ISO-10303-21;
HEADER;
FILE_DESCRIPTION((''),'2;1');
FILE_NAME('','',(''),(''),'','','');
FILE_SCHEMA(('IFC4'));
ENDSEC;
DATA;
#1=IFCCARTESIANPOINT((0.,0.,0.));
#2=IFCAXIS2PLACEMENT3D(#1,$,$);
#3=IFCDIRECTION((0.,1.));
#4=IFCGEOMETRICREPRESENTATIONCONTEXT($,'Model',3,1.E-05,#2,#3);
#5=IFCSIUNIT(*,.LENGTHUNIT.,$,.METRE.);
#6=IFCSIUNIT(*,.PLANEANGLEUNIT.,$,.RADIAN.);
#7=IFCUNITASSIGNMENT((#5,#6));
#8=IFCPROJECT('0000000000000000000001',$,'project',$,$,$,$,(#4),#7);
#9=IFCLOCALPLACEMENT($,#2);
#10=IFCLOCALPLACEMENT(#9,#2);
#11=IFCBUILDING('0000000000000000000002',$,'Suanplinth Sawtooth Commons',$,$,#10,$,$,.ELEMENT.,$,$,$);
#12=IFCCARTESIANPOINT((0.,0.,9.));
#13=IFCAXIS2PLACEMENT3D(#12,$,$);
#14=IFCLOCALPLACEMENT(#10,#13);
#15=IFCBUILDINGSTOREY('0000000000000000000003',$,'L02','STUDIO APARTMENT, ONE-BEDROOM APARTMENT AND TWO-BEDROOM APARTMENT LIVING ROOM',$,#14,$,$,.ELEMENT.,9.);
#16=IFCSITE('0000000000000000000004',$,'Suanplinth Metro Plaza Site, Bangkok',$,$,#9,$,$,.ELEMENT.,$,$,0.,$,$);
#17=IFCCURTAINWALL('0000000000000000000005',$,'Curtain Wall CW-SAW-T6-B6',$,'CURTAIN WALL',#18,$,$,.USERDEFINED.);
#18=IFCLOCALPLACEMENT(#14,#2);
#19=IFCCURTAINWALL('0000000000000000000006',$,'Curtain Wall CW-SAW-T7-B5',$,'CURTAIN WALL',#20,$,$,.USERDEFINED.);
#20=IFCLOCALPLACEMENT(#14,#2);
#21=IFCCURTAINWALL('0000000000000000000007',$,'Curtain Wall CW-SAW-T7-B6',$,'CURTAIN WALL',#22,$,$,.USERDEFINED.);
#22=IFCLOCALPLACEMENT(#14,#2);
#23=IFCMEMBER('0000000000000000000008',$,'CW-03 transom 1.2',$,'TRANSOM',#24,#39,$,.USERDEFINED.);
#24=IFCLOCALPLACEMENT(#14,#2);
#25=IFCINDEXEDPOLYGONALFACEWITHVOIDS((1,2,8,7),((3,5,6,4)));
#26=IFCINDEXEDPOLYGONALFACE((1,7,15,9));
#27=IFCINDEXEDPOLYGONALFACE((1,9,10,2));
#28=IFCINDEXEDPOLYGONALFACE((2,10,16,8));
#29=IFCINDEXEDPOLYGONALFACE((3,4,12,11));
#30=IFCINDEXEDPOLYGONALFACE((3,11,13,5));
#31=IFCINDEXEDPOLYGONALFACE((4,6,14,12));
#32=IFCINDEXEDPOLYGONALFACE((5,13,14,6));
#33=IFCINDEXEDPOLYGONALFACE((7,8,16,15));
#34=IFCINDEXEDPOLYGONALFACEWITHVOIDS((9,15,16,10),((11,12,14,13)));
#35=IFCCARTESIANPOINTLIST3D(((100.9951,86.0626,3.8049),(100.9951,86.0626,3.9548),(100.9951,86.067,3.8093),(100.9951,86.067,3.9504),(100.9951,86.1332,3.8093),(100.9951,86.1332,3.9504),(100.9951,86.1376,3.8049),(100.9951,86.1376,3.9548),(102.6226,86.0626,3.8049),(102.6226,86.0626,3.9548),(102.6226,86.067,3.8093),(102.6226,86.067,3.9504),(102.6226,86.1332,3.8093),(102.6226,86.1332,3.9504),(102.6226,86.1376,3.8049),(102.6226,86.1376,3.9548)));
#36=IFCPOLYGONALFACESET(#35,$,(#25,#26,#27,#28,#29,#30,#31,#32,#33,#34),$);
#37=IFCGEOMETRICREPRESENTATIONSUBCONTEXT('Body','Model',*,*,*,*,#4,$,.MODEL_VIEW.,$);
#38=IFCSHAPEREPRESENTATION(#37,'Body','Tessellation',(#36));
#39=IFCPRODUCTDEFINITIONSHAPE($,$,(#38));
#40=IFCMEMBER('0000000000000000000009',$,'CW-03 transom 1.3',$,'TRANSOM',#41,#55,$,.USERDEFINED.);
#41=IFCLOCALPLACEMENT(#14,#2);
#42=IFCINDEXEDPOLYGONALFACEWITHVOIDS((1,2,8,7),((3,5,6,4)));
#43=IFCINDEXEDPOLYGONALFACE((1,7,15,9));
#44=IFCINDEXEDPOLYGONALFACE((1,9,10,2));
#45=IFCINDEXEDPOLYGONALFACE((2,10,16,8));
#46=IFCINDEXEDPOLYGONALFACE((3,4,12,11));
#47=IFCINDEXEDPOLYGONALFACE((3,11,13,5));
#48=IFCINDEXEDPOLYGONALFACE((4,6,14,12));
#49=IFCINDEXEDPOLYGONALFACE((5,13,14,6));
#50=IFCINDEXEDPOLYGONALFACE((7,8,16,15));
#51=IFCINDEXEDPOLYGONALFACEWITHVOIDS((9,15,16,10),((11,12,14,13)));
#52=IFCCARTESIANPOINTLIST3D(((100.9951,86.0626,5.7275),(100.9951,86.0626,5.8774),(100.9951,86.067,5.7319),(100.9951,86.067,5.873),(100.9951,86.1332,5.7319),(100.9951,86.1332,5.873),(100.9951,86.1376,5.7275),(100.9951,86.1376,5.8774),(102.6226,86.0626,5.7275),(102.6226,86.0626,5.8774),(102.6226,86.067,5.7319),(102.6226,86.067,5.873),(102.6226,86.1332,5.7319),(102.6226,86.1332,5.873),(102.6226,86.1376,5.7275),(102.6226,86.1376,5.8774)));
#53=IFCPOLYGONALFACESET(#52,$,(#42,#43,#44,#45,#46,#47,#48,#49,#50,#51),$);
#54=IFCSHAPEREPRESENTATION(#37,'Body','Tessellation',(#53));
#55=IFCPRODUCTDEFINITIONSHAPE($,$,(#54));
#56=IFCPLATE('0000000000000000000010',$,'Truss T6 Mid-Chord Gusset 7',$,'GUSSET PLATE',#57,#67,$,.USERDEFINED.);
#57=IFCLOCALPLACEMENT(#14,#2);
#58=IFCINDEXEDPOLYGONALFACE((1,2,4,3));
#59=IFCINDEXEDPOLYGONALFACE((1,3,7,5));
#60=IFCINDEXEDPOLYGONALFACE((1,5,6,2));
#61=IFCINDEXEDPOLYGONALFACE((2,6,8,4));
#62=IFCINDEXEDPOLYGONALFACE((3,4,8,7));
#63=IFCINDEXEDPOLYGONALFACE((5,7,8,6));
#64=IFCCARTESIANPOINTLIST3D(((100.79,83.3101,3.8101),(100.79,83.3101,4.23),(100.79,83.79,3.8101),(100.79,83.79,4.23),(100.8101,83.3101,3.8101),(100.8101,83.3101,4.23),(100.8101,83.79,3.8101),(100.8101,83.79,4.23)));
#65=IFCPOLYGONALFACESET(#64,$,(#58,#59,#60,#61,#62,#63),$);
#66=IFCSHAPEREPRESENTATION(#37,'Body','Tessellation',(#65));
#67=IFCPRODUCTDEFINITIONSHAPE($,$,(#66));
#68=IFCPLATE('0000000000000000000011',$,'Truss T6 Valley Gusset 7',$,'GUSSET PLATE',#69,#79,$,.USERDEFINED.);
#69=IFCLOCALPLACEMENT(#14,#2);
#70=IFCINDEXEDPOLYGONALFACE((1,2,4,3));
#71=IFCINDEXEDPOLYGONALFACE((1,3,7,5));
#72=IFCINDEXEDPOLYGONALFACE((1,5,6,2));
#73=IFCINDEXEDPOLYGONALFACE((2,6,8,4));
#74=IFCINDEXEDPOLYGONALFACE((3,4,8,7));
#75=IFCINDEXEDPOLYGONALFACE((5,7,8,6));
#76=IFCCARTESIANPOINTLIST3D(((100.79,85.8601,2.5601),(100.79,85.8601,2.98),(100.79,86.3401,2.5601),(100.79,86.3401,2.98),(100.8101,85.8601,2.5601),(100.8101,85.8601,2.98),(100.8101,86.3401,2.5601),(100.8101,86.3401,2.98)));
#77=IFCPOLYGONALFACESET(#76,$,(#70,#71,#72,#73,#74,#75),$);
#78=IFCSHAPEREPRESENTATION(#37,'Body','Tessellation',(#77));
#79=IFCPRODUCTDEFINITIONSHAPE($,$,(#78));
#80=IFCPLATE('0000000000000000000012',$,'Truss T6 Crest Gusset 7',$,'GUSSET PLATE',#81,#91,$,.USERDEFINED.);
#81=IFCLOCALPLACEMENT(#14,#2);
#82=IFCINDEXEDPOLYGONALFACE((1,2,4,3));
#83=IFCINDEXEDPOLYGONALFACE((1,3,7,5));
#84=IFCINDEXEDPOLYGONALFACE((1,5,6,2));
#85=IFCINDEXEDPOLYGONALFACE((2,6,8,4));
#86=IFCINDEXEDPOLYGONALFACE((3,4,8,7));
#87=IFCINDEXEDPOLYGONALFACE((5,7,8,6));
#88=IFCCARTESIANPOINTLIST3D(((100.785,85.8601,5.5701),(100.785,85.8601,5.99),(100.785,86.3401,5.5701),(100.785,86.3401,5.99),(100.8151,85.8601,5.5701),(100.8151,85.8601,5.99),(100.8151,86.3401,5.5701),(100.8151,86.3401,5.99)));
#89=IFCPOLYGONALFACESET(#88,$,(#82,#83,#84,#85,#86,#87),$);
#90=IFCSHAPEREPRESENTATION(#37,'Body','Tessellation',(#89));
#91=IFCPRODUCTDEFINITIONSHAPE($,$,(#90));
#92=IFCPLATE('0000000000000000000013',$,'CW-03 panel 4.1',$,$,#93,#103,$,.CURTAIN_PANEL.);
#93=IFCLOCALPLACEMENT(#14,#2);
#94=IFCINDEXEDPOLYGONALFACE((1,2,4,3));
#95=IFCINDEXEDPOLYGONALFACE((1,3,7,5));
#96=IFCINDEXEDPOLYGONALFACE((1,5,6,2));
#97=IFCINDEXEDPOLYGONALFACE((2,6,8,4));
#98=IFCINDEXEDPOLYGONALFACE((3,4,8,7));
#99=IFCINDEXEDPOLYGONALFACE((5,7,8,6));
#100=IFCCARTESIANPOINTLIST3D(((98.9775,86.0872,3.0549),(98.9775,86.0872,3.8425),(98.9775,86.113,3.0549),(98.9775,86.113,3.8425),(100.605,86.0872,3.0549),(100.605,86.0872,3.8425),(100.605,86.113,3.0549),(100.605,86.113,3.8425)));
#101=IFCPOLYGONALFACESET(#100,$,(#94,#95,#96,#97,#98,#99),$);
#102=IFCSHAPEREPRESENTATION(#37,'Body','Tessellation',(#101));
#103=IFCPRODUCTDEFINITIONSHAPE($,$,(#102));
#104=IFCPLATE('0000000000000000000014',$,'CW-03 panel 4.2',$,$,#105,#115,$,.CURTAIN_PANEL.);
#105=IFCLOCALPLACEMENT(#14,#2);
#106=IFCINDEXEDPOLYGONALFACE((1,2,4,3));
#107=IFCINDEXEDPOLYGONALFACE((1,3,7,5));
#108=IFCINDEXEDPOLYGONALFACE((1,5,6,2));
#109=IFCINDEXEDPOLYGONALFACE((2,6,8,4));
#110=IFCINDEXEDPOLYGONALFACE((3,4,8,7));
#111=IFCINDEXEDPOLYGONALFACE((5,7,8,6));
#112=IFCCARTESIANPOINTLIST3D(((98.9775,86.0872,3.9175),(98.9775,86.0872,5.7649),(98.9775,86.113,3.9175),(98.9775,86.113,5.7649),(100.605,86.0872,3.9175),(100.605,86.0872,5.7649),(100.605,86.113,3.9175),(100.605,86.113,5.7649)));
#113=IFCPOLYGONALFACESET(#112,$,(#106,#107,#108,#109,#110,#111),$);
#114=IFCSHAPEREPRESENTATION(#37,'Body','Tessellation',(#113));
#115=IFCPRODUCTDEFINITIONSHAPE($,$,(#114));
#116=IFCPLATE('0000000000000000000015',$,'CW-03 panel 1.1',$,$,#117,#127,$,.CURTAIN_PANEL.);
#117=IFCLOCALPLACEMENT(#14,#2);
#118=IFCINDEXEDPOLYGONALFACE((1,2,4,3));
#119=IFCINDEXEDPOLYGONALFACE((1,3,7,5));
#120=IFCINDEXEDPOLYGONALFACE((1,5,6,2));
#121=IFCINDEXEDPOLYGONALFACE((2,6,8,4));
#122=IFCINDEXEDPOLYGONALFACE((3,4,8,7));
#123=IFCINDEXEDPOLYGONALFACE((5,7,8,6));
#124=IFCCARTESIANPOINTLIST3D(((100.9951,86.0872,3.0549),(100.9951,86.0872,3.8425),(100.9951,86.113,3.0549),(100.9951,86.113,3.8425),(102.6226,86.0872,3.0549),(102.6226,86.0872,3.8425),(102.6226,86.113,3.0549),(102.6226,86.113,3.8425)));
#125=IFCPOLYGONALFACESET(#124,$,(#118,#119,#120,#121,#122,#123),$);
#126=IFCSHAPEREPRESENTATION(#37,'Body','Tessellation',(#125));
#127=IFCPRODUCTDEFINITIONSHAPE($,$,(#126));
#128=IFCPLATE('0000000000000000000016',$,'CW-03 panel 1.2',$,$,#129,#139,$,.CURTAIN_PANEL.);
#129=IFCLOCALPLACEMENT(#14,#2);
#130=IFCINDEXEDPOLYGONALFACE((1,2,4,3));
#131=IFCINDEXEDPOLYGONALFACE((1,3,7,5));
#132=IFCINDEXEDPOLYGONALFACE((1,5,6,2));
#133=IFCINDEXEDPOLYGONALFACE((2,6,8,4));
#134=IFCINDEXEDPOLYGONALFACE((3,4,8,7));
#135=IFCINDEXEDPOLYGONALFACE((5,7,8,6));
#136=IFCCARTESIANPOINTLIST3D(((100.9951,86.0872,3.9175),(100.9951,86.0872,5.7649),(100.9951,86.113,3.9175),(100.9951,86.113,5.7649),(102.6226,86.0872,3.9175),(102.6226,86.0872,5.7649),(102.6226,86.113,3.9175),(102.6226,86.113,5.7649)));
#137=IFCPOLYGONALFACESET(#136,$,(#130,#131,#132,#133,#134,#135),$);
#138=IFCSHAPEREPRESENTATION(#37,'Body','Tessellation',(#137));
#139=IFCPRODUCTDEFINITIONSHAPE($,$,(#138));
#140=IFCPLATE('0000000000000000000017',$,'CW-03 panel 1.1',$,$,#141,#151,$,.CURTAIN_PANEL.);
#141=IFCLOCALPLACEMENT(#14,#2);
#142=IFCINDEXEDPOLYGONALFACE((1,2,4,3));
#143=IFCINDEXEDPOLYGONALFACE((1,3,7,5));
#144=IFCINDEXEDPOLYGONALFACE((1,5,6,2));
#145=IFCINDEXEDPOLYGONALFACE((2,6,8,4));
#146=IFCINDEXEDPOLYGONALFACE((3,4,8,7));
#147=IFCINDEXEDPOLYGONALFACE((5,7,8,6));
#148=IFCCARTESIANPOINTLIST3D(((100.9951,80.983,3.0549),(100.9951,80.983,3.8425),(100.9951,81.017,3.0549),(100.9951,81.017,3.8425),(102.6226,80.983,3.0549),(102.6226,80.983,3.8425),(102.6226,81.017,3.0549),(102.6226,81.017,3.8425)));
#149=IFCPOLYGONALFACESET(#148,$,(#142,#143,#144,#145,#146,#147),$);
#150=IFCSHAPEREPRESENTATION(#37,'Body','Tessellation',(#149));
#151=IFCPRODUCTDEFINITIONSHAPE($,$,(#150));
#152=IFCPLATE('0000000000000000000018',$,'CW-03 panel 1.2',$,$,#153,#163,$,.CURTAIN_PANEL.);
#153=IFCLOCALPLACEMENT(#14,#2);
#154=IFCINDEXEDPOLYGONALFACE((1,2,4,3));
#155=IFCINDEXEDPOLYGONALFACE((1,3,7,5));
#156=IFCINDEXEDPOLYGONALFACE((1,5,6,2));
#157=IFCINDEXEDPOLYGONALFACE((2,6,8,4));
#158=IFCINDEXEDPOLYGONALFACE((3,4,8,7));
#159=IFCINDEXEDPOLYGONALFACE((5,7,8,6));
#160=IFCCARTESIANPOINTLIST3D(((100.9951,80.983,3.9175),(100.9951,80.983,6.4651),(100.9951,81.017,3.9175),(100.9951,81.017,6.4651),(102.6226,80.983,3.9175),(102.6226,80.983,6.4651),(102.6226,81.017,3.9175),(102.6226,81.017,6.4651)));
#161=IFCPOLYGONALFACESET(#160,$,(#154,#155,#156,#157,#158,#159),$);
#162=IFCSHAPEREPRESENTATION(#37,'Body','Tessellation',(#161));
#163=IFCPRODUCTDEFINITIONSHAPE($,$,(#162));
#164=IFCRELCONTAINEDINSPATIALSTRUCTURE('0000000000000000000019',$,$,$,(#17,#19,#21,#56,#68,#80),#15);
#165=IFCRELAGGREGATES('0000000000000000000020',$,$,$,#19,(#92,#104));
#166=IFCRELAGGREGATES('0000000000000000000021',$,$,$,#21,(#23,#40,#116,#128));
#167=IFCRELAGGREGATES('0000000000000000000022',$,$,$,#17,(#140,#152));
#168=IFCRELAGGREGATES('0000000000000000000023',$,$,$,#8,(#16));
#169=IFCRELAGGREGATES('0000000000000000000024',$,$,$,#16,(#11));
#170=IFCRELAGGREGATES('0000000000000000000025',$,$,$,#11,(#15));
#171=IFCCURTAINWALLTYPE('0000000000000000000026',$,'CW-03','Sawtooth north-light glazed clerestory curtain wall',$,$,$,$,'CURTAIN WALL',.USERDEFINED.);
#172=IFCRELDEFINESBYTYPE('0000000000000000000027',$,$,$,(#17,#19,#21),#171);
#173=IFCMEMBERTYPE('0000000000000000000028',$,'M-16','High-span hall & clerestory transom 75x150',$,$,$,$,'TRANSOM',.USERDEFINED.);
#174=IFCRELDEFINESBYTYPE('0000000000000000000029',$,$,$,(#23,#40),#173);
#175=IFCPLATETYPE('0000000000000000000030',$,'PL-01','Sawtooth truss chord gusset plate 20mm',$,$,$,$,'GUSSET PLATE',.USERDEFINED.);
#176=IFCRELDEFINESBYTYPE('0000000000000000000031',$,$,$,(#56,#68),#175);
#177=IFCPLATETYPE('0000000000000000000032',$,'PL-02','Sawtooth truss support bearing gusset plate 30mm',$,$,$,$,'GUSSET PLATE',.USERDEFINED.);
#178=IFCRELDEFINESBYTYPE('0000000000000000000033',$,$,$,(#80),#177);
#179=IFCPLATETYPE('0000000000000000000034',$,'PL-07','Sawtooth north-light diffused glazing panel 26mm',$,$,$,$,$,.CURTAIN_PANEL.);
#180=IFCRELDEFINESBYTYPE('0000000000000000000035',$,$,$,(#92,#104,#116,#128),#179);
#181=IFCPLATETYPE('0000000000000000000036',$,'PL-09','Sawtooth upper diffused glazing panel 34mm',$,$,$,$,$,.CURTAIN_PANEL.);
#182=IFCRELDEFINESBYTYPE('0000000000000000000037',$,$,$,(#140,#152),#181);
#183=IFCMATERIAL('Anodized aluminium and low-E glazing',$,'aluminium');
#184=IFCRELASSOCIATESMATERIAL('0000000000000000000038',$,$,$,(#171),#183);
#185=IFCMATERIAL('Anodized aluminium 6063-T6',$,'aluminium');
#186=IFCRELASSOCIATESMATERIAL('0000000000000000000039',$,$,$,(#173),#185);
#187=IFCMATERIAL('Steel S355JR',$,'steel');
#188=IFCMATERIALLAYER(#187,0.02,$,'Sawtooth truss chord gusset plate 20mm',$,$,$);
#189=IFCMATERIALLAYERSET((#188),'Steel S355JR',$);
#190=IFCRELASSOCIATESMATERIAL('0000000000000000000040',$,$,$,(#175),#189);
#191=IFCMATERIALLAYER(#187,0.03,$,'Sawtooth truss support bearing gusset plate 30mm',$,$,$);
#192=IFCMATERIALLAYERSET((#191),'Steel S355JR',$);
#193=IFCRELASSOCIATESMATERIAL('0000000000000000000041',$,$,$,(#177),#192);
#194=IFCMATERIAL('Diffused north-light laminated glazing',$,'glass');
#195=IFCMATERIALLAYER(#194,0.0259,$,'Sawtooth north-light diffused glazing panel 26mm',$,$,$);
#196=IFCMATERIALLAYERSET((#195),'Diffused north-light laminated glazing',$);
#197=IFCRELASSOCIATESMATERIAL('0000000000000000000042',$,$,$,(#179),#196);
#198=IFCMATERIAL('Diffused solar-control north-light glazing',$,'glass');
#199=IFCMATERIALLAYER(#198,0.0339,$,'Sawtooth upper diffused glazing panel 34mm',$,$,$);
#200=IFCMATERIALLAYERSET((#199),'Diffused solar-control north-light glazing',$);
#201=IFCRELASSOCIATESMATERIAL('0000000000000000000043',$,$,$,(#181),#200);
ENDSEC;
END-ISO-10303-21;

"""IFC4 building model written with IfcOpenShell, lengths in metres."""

from ifc_helpers import new_model, si_unit, direction, frame, origin, origin_2d, place, context, subcontext, project, spatial, rectangle, hollow_rectangle, extrude, material, layer, layer_set, material_profile, profile_set, type_object, element, aggregate, save


model = new_model("IFC4")

# Units and contexts
model_context = context("Model", 3, precision=1e-05, world=origin(), true_north=direction((0.0, 1.0)))
body_context = subcontext(model_context, "Body", "Model", "MODEL_VIEW")
ifc_project = project(units=[si_unit("LENGTHUNIT", "METRE"), si_unit("PLANEANGLEUNIT", "RADIAN")], contexts=[model_context])

# Site, building, storey
site_placement = place(None, origin())
site = spatial("IfcSite", under=ifc_project, at=site_placement, Name="Suanplinth Metro Plaza Site, Bangkok", CompositionType="ELEMENT", RefElevation=0.0)
building_placement = place(site_placement, origin())
building = spatial("IfcBuilding", under=site, at=building_placement, Name="Suanplinth Sawtooth Commons", CompositionType="ELEMENT")
storey_placement = place(building_placement, frame((0.0, 0.0, 9.0)))
storey = spatial("IfcBuildingStorey", under=building, at=storey_placement, Name="L02", Description="STUDIO APARTMENT, ONE-BEDROOM APARTMENT AND TWO-BEDROOM APARTMENT LIVING ROOM", CompositionType="ELEMENT", Elevation=9.0)

# Shared definitions
ifc_material_1 = material(Name="Steel S355JR", Category="steel")

# Curtain walls
ifc_material_2 = material(Name="Anodized aluminium and low-E glazing", Category="aluminium")
curtain_wall_type = type_object("IfcCurtainWallType", Name="CW-03", Description="Sawtooth north-light glazed clerestory curtain wall", ElementType="CURTAIN WALL", PredefinedType="USERDEFINED", material=ifc_material_2)
curtain_wall_1_placement = place(storey_placement, origin())
curtain_wall_1 = element("IfcCurtainWall", 1, at=curtain_wall_1_placement, inside=storey, type_object=curtain_wall_type, Name="Curtain Wall CW-SAW-T6-B6", ObjectType="CURTAIN WALL", PredefinedType="USERDEFINED")
ifc_material_3 = material(Name="Anodized aluminium 6063-T6", Category="aluminium")
curtain_wall_2_placement = place(storey_placement, origin())
curtain_wall_2 = element("IfcCurtainWall", 2, at=curtain_wall_2_placement, inside=storey, type_object=curtain_wall_type, Name="Curtain Wall CW-SAW-T7-B5", ObjectType="CURTAIN WALL", PredefinedType="USERDEFINED")

# Curtain wall
curtain_wall_3_placement = place(storey_placement, origin())
curtain_wall_3 = element("IfcCurtainWall", 3, at=curtain_wall_3_placement, inside=storey, type_object=curtain_wall_type, Name="Curtain Wall CW-SAW-T7-B6", ObjectType="CURTAIN WALL", PredefinedType="USERDEFINED")

# Members
ifc_material_profile_1 = material_profile(ifc_material_3, hollow_rectangle(XDim=0.075, YDim=0.1499, WallThickness=0.0044, at=origin_2d()), Name="ALU-TRN 75x150")
ifc_profile_set_1 = profile_set([ifc_material_profile_1], Name="Anodized aluminium 6063-T6")
member_type_1 = type_object("IfcMemberType", Name="M-16", Description="High-span hall & clerestory transom 75x150", ElementType="TRANSOM", PredefinedType="USERDEFINED", material=ifc_profile_set_1)
member_1_placement = place(storey_placement, frame((100.9951, 86.1001, 3.8799), z_axis=(1.0, 0.0, 0.0), x_axis=(0.0, 1.0, 0.0)))
member_1 = element("IfcMember", 4, at=member_1_placement, type_object=member_type_1, Name="CW-03 transom 1.2", ObjectType="TRANSOM", PredefinedType="USERDEFINED", context=body_context, shape_type="SweptSolid", body=[
    extrude(hollow_rectangle(XDim=0.075, YDim=0.1499, WallThickness=0.0044, at=origin_2d()), origin(), (0.0, 0.0, 1.0), 1.6274),
])
member_2_placement = place(storey_placement, frame((100.9951, 86.1001, 5.8025), z_axis=(1.0, 0.0, 0.0), x_axis=(0.0, 1.0, 0.0)))
member_2 = element("IfcMember", 5, at=member_2_placement, type_object=member_type_1, Name="CW-03 transom 1.3", ObjectType="TRANSOM", PredefinedType="USERDEFINED", context=body_context, shape_type="SweptSolid", body=[
    extrude(hollow_rectangle(XDim=0.075, YDim=0.1499, WallThickness=0.0044, at=origin_2d()), origin(), (0.0, 0.0, 1.0), 1.6274),
])

# Plates
ifc_layer_1 = layer(ifc_material_1, 0.02, Name="Sawtooth truss chord gusset plate 20mm")
ifc_layer_set_1 = layer_set([ifc_layer_1], Name="Steel S355JR")
plate_type_1 = type_object("IfcPlateType", Name="PL-01", Description="Sawtooth truss chord gusset plate 20mm", ElementType="GUSSET PLATE", PredefinedType="USERDEFINED", material=ifc_layer_set_1)
for number, where, z_axis, x_axis, name in (
    (6, (100.8, 83.55, 3.8101), (0.0, 0.0, 1.0), (1.0, 0.0, 0.0), "Truss T6 Mid-Chord Gusset 7"),
    (7, (100.8, 86.1001, 2.5601), (0.0, 0.0, 1.0), (1.0, 0.0, 0.0), "Truss T6 Valley Gusset 7"),
):
    element("IfcPlate", number, at=place(storey_placement, frame(where, z_axis=z_axis, x_axis=x_axis)), inside=storey, type_object=plate_type_1, Name=name, ObjectType="GUSSET PLATE", PredefinedType="USERDEFINED", context=body_context, shape_type="SweptSolid", body=[
        extrude(rectangle(XDim=0.02, YDim=0.48, at=origin_2d()), origin(), (0.0, 0.0, 1.0), 0.4199),
    ])
ifc_layer_2 = layer(ifc_material_1, 0.03, Name="Sawtooth truss support bearing gusset plate 30mm")
ifc_layer_set_2 = layer_set([ifc_layer_2], Name="Steel S355JR")
plate_type_2 = type_object("IfcPlateType", Name="PL-02", Description="Sawtooth truss support bearing gusset plate 30mm", ElementType="GUSSET PLATE", PredefinedType="USERDEFINED", material=ifc_layer_set_2)
plate_1_placement = place(storey_placement, frame((100.8, 86.1001, 5.5701), z_axis=(0.0, 0.0, 1.0), x_axis=(1.0, 0.0, 0.0)))
element("IfcPlate", 8, at=plate_1_placement, inside=storey, type_object=plate_type_2, Name="Truss T6 Crest Gusset 7", ObjectType="GUSSET PLATE", PredefinedType="USERDEFINED", context=body_context, shape_type="SweptSolid", body=[
    extrude(rectangle(XDim=0.03, YDim=0.48, at=origin_2d()), origin(), (0.0, 0.0, 1.0), 0.4199),
])

# Plates
ifc_material_4 = material(Name="Diffused north-light laminated glazing", Category="glass")
ifc_layer_3 = layer(ifc_material_4, 0.0259, Name="Sawtooth north-light diffused glazing panel 26mm")
ifc_layer_set_3 = layer_set([ifc_layer_3], Name="Diffused north-light laminated glazing")
plate_type_3 = type_object("IfcPlateType", Name="PL-07", Description="Sawtooth north-light diffused glazing panel 26mm", PredefinedType="CURTAIN_PANEL", material=ifc_layer_set_3)
plate_2_placement = place(storey_placement, frame((99.7913, 86.1001, 3.0549), z_axis=(0.0, 0.0, 1.0), x_axis=(1.0, 0.0, 0.0)))
plate_2 = element("IfcPlate", 9, at=plate_2_placement, type_object=plate_type_3, Name="CW-03 panel 4.1", PredefinedType="CURTAIN_PANEL", context=body_context, shape_type="SweptSolid", body=[
    extrude(rectangle(XDim=1.6274, YDim=0.0259, at=origin_2d()), origin(), (0.0, 0.0, 1.0), 0.7876),
])
plate_3_placement = place(storey_placement, frame((99.7913, 86.1001, 3.9175), z_axis=(0.0, 0.0, 1.0), x_axis=(1.0, 0.0, 0.0)))
plate_3 = element("IfcPlate", 10, at=plate_3_placement, type_object=plate_type_3, Name="CW-03 panel 4.2", PredefinedType="CURTAIN_PANEL", context=body_context, shape_type="SweptSolid", body=[
    extrude(rectangle(XDim=1.6274, YDim=0.0259, at=origin_2d()), origin(), (0.0, 0.0, 1.0), 1.8474),
])
aggregate(curtain_wall_2, [plate_2, plate_3])
plate_4_placement = place(storey_placement, frame((101.8088, 86.1001, 3.0549), z_axis=(0.0, 0.0, 1.0), x_axis=(1.0, 0.0, 0.0)))
plate_4 = element("IfcPlate", 11, at=plate_4_placement, type_object=plate_type_3, Name="CW-03 panel 1.1", PredefinedType="CURTAIN_PANEL", context=body_context, shape_type="SweptSolid", body=[
    extrude(rectangle(XDim=1.6274, YDim=0.0259, at=origin_2d()), origin(), (0.0, 0.0, 1.0), 0.7876),
])
plate_5_placement = place(storey_placement, frame((101.8088, 86.1001, 3.9175), z_axis=(0.0, 0.0, 1.0), x_axis=(1.0, 0.0, 0.0)))
plate_5 = element("IfcPlate", 12, at=plate_5_placement, type_object=plate_type_3, Name="CW-03 panel 1.2", PredefinedType="CURTAIN_PANEL", context=body_context, shape_type="SweptSolid", body=[
    extrude(rectangle(XDim=1.6274, YDim=0.0259, at=origin_2d()), origin(), (0.0, 0.0, 1.0), 1.8474),
])
aggregate(curtain_wall_3, [member_1, member_2, plate_4, plate_5])
ifc_material_5 = material(Name="Diffused solar-control north-light glazing", Category="glass")
ifc_layer_4 = layer(ifc_material_5, 0.0339, Name="Sawtooth upper diffused glazing panel 34mm")
ifc_layer_set_4 = layer_set([ifc_layer_4], Name="Diffused solar-control north-light glazing")
plate_type_4 = type_object("IfcPlateType", Name="PL-09", Description="Sawtooth upper diffused glazing panel 34mm", PredefinedType="CURTAIN_PANEL", material=ifc_layer_set_4)
plate_6_placement = place(storey_placement, frame((101.8088, 81.0, 3.0549), z_axis=(0.0, 0.0, 1.0), x_axis=(1.0, 0.0, 0.0)))
plate_6 = element("IfcPlate", 13, at=plate_6_placement, type_object=plate_type_4, Name="CW-03 panel 1.1", PredefinedType="CURTAIN_PANEL", context=body_context, shape_type="SweptSolid", body=[
    extrude(rectangle(XDim=1.6274, YDim=0.0339, at=origin_2d()), origin(), (0.0, 0.0, 1.0), 0.7876),
])
plate_7_placement = place(storey_placement, frame((101.8088, 81.0, 3.9175), z_axis=(0.0, 0.0, 1.0), x_axis=(1.0, 0.0, 0.0)))
plate_7 = element("IfcPlate", 14, at=plate_7_placement, type_object=plate_type_4, Name="CW-03 panel 1.2", PredefinedType="CURTAIN_PANEL", context=body_context, shape_type="SweptSolid", body=[
    extrude(rectangle(XDim=1.6274, YDim=0.0339, at=origin_2d()), origin(), (0.0, 0.0, 1.0), 2.5476),
])
aggregate(curtain_wall_1, [plate_6, plate_7])

save(model, "model.ifc")
